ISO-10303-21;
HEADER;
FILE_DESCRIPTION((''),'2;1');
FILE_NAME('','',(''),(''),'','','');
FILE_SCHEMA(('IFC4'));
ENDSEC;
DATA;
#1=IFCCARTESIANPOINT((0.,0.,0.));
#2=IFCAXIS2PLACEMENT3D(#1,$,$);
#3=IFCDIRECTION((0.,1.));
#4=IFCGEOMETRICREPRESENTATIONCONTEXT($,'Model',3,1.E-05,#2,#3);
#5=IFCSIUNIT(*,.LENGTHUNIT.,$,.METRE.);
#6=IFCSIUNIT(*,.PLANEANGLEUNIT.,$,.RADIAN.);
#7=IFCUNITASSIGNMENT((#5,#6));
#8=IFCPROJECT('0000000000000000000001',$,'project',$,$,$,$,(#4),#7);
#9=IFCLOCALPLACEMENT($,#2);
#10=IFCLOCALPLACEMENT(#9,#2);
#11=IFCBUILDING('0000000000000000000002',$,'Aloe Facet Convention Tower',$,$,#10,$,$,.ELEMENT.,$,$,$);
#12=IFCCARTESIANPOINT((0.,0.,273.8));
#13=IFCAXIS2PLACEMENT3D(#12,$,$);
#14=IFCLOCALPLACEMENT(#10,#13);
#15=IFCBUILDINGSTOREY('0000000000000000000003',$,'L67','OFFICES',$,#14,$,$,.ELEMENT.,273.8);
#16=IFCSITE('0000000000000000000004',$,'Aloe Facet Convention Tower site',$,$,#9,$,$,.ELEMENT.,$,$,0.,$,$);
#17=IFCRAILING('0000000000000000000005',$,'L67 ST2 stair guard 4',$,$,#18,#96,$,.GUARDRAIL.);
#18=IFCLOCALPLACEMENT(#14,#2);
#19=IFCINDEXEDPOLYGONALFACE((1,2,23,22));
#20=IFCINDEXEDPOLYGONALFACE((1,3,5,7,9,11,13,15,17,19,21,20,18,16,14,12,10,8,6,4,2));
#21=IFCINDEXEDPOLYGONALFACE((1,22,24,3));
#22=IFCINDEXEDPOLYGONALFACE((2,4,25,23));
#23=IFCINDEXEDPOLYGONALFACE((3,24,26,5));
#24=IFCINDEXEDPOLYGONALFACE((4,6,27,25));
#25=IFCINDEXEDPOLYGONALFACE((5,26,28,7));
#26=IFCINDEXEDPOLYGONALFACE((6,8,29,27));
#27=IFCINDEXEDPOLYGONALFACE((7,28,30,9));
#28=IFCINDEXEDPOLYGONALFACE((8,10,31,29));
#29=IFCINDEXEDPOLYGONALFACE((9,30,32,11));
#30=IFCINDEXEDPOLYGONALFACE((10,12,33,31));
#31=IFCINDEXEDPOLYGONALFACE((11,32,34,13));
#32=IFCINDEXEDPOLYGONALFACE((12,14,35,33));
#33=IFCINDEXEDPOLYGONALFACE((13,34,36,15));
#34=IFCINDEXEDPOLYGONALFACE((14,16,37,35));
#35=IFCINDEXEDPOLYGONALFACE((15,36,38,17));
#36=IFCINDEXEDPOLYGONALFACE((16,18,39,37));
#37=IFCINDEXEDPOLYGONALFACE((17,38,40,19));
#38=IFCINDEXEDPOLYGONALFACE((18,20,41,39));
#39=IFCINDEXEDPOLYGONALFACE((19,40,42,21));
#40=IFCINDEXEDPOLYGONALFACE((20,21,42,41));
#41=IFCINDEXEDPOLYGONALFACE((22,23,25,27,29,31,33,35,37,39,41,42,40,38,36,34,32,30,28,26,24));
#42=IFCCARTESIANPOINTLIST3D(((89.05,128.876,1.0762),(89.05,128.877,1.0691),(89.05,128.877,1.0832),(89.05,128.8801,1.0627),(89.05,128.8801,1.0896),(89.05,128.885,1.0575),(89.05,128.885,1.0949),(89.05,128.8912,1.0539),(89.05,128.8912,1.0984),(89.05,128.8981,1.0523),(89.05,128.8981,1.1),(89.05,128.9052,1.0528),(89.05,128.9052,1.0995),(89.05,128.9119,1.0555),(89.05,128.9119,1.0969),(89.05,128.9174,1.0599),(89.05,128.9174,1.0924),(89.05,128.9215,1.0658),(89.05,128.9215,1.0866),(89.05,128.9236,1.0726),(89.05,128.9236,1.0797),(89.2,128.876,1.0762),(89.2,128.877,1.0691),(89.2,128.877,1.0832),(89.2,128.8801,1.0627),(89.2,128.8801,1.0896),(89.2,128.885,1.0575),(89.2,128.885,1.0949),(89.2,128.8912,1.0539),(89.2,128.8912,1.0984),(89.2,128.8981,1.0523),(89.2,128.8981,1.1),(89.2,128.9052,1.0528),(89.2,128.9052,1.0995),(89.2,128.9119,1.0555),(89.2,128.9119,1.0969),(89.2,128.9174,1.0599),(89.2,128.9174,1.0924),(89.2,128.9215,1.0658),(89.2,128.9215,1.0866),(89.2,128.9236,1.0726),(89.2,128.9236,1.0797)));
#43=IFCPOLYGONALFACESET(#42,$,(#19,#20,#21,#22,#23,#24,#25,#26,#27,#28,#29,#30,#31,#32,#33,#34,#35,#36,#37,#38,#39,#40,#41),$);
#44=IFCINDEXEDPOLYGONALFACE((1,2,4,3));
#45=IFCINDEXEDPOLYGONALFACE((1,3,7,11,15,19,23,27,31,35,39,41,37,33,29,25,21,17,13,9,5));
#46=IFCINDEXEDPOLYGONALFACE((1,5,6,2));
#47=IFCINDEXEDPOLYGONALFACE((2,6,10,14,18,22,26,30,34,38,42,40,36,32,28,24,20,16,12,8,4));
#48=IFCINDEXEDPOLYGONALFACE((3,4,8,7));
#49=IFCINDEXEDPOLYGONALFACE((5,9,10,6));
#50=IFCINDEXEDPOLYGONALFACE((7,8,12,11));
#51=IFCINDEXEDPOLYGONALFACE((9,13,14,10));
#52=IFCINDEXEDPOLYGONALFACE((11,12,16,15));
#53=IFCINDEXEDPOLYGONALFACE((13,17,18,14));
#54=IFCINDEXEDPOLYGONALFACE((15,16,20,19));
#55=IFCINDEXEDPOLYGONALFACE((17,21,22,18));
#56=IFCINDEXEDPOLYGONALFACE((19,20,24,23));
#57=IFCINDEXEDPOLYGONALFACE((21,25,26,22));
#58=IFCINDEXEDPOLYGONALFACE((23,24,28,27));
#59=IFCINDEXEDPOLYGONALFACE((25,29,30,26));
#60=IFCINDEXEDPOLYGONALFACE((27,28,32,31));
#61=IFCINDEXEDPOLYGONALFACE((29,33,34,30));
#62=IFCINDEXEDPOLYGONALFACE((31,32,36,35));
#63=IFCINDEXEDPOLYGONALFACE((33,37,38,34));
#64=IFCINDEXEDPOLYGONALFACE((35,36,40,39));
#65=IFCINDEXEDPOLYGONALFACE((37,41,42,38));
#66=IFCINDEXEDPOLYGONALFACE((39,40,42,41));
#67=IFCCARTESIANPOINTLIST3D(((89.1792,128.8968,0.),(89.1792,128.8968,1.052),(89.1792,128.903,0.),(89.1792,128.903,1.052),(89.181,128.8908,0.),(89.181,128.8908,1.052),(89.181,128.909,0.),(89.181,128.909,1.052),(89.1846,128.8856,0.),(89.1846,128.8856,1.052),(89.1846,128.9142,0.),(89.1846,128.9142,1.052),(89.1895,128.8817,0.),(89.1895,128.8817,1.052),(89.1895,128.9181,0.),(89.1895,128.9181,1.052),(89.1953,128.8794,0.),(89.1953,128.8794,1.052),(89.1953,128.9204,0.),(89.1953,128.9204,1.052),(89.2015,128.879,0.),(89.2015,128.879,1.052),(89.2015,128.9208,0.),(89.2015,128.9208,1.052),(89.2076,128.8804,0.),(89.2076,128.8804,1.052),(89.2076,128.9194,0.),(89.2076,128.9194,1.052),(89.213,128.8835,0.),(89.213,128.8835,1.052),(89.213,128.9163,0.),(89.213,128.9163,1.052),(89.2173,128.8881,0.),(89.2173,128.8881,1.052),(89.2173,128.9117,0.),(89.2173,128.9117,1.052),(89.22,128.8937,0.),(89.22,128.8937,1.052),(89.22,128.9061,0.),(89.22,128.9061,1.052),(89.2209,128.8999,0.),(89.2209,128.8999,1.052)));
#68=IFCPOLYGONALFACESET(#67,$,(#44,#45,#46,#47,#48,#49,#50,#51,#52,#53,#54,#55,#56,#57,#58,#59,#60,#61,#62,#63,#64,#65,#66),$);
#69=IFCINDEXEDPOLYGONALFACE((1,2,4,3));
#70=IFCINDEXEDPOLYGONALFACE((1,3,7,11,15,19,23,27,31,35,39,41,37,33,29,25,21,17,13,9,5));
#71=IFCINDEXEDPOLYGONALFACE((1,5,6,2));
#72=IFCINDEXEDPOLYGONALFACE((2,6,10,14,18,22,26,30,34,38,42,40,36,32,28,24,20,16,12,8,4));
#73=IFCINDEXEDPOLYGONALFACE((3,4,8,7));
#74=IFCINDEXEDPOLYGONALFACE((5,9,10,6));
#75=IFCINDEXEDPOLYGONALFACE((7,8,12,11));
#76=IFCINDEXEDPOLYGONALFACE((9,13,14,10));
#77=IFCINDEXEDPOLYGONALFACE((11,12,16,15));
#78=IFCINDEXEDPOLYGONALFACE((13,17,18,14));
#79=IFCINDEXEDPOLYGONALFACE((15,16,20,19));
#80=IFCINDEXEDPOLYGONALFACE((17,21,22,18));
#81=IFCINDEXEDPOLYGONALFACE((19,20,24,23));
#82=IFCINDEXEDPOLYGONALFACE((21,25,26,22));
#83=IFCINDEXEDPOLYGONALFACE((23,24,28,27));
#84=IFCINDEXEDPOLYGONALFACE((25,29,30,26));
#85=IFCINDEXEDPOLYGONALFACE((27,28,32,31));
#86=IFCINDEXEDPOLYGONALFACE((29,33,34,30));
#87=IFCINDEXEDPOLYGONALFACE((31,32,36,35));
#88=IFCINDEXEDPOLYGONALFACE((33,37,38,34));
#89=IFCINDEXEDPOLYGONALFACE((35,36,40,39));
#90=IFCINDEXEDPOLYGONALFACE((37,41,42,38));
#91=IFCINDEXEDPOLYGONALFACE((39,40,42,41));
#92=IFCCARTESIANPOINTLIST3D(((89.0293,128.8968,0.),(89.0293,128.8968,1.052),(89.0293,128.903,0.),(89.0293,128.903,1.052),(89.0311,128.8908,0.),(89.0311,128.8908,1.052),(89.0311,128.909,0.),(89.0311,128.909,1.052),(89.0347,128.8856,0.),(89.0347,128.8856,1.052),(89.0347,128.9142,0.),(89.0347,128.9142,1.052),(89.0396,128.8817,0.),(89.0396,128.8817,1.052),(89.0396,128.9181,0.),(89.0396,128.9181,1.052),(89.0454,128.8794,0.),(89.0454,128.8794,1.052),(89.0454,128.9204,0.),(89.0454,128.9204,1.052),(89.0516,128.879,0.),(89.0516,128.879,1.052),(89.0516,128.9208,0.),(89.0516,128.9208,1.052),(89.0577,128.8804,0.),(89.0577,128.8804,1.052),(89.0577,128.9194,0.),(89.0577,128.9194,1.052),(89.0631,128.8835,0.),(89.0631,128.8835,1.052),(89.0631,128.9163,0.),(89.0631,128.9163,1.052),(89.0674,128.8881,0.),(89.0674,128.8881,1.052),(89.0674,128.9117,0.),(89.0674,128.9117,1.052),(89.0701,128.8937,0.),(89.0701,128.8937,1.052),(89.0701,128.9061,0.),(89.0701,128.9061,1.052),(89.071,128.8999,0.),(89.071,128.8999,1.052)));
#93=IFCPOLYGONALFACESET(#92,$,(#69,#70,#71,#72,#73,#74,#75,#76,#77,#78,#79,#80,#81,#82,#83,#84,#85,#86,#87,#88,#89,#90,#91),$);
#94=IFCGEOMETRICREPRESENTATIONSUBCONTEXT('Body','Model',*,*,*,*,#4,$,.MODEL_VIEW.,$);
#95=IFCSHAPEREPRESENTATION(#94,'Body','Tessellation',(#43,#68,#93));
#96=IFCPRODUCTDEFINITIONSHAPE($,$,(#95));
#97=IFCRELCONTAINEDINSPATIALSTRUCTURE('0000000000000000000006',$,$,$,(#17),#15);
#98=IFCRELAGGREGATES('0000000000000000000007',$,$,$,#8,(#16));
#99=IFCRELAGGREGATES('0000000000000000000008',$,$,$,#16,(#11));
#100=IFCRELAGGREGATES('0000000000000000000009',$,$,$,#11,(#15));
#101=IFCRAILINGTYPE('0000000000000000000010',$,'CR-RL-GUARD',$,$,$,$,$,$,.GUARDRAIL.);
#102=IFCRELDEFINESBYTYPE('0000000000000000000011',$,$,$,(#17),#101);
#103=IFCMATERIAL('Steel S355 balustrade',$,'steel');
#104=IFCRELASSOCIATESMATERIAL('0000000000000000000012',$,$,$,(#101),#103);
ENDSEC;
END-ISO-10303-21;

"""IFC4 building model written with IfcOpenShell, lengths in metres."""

from ifc_helpers import new_model, si_unit, direction, frame, origin, origin_2d, place, context, subcontext, project, spatial, circle, extrude, material, type_object, element, save


model = new_model("IFC4")

# Units and contexts
model_context = context("Model", 3, precision=1e-05, world=origin(), true_north=direction((0.0, 1.0)))
body_context = subcontext(model_context, "Body", "Model", "MODEL_VIEW")
ifc_project = project(units=[si_unit("LENGTHUNIT", "METRE"), si_unit("PLANEANGLEUNIT", "RADIAN")], contexts=[model_context])

# Site, building, storey
site_placement = place(None, origin())
site = spatial("IfcSite", under=ifc_project, at=site_placement, Name="Aloe Facet Convention Tower site", CompositionType="ELEMENT", RefElevation=0.0)
building_placement = place(site_placement, origin())
building = spatial("IfcBuilding", under=site, at=building_placement, Name="Aloe Facet Convention Tower", CompositionType="ELEMENT")
storey_placement = place(building_placement, frame((0.0, 0.0, 273.8)))
storey = spatial("IfcBuildingStorey", under=building, at=storey_placement, Name="L67", Description="OFFICES", CompositionType="ELEMENT", Elevation=273.8)

# Railing
ifc_material_1 = material(Name="Steel S355 balustrade", Category="steel")
railing_type_1 = type_object("IfcRailingType", Name="CR-RL-GUARD", PredefinedType="GUARDRAIL", material=ifc_material_1)
railing_1_placement = place(storey_placement, frame((89.2, 128.8999, 0.0)))
element("IfcRailing", 1, at=railing_1_placement, inside=storey, type_object=railing_type_1, Name="L67 ST2 stair guard 4", PredefinedType="GUARDRAIL", context=body_context, shape_type="SweptSolid", body=[
    extrude(circle(Radius=0.0239, at=origin_2d()), frame((0.0, 0.0, 1.0762), z_axis=(-1.0, 0.0, 0.0), x_axis=(0.0, -1.0, 0.0)), (0.0, 0.0, 1.0), 0.1499),
    extrude(circle(Radius=0.021, at=origin_2d()), origin(), (0.0, 0.0, 1.0), 1.052),
    extrude(circle(Radius=0.021, at=origin_2d()), frame((-0.1499, 0.0, 0.0)), (0.0, 0.0, 1.0), 1.052),
])

save(model, "model.ifc")
